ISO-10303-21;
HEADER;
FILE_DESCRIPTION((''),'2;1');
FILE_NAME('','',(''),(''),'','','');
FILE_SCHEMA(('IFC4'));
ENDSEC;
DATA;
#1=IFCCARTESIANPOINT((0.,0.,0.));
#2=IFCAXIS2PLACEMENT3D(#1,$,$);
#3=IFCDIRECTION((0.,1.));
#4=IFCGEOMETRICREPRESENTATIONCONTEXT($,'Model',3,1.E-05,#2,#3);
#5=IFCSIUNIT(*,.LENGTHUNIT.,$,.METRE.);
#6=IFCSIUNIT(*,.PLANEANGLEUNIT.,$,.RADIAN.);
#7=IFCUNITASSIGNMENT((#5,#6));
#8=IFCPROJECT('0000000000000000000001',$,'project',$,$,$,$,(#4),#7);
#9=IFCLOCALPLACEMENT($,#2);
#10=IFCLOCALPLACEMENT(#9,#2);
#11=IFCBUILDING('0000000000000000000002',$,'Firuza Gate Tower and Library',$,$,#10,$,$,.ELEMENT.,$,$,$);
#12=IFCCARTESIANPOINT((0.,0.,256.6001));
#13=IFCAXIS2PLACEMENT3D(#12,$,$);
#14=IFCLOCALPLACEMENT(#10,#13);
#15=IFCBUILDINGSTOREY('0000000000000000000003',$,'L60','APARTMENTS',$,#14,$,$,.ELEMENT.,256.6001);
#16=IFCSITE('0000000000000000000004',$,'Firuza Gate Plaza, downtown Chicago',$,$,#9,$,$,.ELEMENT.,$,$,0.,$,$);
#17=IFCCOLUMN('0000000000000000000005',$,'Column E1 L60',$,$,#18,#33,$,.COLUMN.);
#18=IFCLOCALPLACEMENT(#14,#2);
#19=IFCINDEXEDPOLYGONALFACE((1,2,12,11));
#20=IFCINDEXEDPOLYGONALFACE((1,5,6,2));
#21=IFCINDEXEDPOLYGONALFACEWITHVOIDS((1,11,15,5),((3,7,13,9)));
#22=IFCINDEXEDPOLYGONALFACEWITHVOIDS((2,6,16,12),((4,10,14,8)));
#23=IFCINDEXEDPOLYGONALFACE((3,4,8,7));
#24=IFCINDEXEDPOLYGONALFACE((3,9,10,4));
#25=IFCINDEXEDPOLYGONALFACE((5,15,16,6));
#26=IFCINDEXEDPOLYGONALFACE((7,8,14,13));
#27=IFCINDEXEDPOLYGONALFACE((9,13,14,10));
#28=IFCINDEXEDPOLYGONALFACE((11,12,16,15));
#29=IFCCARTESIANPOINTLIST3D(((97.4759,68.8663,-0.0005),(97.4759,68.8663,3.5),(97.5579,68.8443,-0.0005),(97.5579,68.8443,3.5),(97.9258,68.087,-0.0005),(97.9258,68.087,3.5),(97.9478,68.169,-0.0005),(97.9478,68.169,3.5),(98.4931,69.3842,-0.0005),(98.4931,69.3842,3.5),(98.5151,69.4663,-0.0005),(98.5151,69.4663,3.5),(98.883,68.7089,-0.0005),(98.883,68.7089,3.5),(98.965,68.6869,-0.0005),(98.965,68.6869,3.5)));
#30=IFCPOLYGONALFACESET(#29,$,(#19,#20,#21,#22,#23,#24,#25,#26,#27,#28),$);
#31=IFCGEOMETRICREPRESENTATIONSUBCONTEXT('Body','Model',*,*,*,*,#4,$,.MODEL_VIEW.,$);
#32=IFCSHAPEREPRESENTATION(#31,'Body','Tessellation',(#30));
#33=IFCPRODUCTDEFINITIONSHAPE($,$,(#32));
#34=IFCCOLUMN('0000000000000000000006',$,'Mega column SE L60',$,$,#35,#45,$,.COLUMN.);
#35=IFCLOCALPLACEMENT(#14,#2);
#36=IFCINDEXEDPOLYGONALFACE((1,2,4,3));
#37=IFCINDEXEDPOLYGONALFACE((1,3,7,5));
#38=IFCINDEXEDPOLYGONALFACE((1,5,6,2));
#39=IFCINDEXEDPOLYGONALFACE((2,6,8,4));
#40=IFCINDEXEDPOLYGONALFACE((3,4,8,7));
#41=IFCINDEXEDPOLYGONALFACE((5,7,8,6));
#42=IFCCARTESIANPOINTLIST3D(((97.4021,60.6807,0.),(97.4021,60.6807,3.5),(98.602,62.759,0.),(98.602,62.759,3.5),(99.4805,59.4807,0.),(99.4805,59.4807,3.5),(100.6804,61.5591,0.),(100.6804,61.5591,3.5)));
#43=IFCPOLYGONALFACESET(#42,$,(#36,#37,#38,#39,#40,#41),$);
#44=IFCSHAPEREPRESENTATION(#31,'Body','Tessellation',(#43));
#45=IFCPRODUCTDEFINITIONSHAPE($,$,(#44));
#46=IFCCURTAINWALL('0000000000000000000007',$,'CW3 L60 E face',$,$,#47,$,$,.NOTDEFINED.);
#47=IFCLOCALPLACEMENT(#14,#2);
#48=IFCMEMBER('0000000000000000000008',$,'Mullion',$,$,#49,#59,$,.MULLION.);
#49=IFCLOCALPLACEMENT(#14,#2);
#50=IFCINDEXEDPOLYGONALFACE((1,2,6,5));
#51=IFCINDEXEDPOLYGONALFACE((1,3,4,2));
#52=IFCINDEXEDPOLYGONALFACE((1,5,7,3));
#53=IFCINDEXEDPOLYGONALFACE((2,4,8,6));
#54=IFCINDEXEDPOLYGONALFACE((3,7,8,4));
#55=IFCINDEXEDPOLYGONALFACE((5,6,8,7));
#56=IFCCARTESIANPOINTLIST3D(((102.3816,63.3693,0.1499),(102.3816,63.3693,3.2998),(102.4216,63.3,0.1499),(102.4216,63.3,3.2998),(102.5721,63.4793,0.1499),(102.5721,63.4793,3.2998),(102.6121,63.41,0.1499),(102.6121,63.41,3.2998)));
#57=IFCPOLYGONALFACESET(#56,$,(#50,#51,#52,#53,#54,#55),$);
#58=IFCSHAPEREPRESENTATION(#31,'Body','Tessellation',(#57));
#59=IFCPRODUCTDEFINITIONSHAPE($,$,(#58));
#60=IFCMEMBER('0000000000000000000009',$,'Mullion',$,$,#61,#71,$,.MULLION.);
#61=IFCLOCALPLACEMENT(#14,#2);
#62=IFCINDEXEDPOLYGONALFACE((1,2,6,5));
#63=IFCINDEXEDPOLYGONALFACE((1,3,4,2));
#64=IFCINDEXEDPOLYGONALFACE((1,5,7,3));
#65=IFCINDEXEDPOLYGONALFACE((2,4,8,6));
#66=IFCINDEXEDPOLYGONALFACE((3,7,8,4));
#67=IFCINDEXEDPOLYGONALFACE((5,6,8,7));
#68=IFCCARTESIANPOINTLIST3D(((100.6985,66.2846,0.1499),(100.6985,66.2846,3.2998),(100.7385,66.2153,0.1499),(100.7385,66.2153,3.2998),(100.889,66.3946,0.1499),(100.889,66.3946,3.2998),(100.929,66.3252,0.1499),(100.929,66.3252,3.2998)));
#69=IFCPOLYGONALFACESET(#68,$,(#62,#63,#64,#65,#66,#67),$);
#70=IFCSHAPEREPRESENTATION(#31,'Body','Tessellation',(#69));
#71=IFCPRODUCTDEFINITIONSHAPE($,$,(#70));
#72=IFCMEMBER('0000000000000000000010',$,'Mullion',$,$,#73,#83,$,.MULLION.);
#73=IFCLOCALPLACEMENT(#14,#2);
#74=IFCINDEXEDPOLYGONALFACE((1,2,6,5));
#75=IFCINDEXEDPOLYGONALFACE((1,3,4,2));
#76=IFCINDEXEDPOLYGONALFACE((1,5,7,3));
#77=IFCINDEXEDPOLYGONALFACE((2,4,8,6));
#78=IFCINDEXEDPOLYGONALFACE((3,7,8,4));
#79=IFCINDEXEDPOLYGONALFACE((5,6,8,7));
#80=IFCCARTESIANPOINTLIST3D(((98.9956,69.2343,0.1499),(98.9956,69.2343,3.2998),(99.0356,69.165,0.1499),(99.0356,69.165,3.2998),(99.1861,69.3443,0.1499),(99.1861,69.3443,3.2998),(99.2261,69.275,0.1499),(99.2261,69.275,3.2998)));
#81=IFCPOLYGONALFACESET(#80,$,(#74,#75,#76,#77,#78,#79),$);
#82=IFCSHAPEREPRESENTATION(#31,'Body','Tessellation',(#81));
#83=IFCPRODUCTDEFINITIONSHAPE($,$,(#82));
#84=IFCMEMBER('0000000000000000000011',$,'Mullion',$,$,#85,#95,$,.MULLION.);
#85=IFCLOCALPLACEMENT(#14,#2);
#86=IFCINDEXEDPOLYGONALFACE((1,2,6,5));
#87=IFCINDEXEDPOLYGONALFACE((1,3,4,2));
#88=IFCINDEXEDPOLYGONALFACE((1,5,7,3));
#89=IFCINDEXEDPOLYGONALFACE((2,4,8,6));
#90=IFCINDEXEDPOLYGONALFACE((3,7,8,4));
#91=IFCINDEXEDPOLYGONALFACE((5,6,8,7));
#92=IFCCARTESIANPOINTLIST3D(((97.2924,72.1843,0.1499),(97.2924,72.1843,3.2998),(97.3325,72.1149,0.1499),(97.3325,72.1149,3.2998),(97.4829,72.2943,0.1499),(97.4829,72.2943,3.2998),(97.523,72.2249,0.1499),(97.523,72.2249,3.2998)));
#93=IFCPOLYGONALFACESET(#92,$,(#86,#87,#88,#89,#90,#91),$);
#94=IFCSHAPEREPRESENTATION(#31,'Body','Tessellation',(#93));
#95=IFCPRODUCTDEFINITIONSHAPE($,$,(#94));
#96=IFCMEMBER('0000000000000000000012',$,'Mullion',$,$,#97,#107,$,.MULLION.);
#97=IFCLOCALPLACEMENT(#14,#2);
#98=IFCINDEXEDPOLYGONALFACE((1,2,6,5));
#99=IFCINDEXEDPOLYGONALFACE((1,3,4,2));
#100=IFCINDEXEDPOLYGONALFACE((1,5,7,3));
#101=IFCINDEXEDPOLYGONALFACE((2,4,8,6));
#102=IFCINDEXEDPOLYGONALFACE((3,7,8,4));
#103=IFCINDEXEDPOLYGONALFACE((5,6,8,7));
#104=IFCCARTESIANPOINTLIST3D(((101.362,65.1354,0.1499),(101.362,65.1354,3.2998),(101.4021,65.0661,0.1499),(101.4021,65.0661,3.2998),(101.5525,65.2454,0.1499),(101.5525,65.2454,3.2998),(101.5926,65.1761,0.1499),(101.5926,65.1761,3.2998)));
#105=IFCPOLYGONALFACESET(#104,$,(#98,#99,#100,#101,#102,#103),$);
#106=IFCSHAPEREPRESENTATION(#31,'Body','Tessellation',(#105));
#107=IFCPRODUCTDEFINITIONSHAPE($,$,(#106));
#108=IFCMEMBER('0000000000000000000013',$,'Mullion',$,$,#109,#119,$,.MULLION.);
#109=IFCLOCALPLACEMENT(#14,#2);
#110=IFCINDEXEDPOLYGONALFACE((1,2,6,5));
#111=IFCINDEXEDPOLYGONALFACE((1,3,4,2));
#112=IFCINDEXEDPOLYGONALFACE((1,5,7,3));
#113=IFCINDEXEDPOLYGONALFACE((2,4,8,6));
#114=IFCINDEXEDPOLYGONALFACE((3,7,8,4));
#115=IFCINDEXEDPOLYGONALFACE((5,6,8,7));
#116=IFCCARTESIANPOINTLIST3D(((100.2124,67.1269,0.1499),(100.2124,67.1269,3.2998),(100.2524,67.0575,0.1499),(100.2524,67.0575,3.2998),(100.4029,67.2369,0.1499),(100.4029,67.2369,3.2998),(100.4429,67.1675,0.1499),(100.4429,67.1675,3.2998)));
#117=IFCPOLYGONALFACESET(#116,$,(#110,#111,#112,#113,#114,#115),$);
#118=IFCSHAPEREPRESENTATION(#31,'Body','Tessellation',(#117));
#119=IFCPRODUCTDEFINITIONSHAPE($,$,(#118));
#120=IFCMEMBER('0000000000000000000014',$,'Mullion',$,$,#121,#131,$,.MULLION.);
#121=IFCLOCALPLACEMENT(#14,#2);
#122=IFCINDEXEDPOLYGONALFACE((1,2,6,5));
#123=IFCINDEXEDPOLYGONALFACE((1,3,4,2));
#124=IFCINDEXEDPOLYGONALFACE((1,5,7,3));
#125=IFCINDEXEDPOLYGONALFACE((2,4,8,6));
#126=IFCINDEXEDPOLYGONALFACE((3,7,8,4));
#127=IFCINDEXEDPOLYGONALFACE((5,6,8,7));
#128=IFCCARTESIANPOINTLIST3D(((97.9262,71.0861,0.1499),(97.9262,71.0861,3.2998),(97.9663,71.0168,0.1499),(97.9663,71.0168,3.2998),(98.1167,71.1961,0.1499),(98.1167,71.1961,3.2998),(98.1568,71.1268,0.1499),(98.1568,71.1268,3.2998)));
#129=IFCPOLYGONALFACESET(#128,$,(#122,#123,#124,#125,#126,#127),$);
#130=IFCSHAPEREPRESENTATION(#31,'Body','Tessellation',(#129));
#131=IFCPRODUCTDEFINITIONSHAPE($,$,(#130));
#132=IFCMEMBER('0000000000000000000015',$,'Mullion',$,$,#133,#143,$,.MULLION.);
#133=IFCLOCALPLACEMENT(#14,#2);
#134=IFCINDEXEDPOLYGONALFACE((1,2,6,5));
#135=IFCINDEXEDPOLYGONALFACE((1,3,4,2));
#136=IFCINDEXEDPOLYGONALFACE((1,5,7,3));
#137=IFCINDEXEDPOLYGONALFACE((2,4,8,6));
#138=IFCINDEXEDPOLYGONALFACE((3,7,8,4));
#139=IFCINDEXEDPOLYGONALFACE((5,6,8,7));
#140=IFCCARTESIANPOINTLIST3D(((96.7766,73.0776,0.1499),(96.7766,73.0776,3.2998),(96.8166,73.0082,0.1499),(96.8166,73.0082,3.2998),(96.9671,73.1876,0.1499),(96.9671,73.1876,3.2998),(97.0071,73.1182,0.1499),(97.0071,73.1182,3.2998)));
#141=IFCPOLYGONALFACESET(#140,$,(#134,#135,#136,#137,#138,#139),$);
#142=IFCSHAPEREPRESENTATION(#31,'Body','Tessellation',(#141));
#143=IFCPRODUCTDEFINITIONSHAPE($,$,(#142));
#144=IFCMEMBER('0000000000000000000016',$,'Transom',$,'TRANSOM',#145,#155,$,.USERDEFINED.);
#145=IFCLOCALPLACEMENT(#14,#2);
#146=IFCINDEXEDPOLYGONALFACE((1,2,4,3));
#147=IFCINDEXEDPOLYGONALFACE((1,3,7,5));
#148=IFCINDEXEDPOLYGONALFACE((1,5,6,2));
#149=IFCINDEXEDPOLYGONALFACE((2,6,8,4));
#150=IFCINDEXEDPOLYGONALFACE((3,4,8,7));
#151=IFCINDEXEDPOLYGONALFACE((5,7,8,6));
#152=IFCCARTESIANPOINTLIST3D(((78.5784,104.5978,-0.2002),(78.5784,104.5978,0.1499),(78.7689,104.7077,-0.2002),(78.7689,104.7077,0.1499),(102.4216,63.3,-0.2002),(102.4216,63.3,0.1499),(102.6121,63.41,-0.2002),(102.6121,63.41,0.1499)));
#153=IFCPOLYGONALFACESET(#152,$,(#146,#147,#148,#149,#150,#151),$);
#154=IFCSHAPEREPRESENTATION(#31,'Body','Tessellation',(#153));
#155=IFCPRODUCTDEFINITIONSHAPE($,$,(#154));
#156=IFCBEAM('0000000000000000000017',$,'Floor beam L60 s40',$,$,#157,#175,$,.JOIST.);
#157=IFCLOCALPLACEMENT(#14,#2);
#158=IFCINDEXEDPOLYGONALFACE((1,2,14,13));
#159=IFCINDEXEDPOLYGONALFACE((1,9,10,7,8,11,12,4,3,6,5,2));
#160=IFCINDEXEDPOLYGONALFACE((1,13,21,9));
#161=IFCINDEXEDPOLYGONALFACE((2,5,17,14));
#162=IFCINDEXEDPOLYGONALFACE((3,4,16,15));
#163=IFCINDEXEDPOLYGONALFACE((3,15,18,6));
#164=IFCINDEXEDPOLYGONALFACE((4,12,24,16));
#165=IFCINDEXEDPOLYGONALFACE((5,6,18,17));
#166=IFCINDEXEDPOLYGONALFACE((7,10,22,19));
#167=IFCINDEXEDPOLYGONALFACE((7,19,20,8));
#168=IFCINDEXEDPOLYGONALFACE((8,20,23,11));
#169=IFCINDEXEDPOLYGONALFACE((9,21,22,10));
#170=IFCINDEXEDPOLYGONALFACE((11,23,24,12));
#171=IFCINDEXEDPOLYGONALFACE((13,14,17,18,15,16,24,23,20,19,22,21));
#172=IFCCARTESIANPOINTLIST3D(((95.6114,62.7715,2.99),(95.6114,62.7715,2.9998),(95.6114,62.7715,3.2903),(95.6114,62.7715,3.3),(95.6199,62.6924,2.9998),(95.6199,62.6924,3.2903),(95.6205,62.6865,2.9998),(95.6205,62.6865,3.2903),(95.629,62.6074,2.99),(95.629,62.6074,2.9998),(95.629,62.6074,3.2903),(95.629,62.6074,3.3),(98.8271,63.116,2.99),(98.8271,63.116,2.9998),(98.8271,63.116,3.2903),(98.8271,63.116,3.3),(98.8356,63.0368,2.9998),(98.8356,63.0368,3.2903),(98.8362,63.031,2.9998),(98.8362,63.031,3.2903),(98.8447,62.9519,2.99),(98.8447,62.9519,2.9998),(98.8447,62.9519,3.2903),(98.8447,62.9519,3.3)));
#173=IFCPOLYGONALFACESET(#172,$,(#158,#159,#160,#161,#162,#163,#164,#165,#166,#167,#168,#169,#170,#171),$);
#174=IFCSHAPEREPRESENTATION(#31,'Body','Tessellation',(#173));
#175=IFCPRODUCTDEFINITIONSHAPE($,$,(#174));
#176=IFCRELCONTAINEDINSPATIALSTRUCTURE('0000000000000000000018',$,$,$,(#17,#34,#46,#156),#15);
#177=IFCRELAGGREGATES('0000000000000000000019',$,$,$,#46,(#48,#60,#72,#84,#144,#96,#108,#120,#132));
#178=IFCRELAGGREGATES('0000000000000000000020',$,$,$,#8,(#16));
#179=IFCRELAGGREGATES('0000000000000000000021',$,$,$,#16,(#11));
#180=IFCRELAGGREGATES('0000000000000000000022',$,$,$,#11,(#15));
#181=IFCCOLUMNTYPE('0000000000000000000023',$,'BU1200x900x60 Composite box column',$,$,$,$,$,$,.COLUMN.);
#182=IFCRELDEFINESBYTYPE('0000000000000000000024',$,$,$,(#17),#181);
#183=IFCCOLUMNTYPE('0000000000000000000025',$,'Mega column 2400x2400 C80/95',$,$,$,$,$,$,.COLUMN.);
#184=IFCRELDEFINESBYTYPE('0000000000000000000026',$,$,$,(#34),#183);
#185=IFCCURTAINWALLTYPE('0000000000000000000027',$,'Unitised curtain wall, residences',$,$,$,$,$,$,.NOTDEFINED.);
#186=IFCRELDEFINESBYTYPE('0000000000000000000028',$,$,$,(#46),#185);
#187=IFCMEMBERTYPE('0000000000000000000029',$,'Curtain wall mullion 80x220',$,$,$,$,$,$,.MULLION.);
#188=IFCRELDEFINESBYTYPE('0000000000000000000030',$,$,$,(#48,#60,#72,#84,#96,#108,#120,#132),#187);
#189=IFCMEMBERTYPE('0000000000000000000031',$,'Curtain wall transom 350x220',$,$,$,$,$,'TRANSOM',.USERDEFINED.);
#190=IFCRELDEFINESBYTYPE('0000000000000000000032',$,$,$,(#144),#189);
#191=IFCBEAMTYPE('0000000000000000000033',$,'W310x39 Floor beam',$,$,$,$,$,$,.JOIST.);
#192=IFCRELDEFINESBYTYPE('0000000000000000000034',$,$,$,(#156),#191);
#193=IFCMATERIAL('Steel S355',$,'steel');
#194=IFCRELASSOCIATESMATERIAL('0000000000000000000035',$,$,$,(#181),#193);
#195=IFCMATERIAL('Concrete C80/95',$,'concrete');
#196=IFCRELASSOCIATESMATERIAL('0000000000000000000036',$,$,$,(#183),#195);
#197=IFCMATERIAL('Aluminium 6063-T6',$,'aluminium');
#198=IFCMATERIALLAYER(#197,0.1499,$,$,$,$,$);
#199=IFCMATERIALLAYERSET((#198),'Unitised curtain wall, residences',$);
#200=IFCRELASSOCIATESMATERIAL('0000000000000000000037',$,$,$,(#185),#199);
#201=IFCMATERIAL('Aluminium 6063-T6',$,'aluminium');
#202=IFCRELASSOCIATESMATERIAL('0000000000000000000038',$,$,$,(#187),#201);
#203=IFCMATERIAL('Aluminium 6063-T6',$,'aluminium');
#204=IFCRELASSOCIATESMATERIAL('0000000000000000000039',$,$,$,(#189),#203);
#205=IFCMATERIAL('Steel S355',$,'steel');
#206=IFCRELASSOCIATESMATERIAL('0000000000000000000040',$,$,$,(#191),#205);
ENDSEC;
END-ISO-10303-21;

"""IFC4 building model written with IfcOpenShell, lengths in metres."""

from ifc_helpers import new_model, si_unit, direction, frame, origin, origin_2d, place, context, subcontext, project, spatial, rectangle, hollow_rectangle, i_section, extrude, material, layer, layer_set, material_profile, profile_set, type_object, element, aggregate, save


model = new_model("IFC4")

# Units and contexts
model_context = context("Model", 3, precision=1e-05, world=origin(), true_north=direction((0.0, 1.0)))
body_context = subcontext(model_context, "Body", "Model", "MODEL_VIEW")
ifc_project = project(units=[si_unit("LENGTHUNIT", "METRE"), si_unit("PLANEANGLEUNIT", "RADIAN")], contexts=[model_context])

# Site, building, storey
site_placement = place(None, origin())
site = spatial("IfcSite", under=ifc_project, at=site_placement, Name="Firuza Gate Plaza, downtown Chicago", CompositionType="ELEMENT", RefElevation=0.0)
building_placement = place(site_placement, origin())
building = spatial("IfcBuilding", under=site, at=building_placement, Name="Firuza Gate Tower and Library", CompositionType="ELEMENT")
storey_placement = place(building_placement, frame((0.0, 0.0, 256.6001)))
storey = spatial("IfcBuildingStorey", under=building, at=storey_placement, Name="L60", Description="APARTMENTS", CompositionType="ELEMENT", Elevation=256.6001)

# Columns
ifc_material_1 = material(Name="Steel S355", Category="steel")
ifc_material_profile_1 = material_profile(ifc_material_1, hollow_rectangle(XDim=0.8999, YDim=1.2, WallThickness=0.0601, at=origin_2d()))
ifc_profile_set_1 = profile_set([ifc_material_profile_1], Name="Steel S355")
column_type_1 = type_object("IfcColumnType", Name="BU1200x900x60 Composite box column", PredefinedType="COLUMN", material=ifc_profile_set_1)
column_1_placement = place(storey_placement, frame((98.2205, 68.7766, -0.0005), z_axis=(0.0, 0.0, 1.0), x_axis=(-0.5, 0.866025, 0.0)))
element("IfcColumn", 1, at=column_1_placement, inside=storey, type_object=column_type_1, Name="Column E1 L60", PredefinedType="COLUMN", context=body_context, shape_type="SweptSolid", body=[
    extrude(hollow_rectangle(XDim=0.8999, YDim=1.2, WallThickness=0.0601, at=origin_2d()), origin(), (0.0, 0.0, 1.0), 3.5005),
])
ifc_material_2 = material(Name="Concrete C80/95", Category="concrete")
ifc_material_profile_2 = material_profile(ifc_material_2, rectangle(XDim=2.3999, YDim=2.3999, at=origin_2d()))
ifc_profile_set_2 = profile_set([ifc_material_profile_2], Name="Concrete C80/95")
column_type_2 = type_object("IfcColumnType", Name="Mega column 2400x2400 C80/95", PredefinedType="COLUMN", material=ifc_profile_set_2)
column_2_placement = place(storey_placement, frame((99.0413, 61.1199, 0.0), z_axis=(0.0, 0.0, 1.0), x_axis=(0.5, 0.866025, 0.0)))
element("IfcColumn", 2, at=column_2_placement, inside=storey, type_object=column_type_2, Name="Mega column SE L60", PredefinedType="COLUMN", context=body_context, shape_type="SweptSolid", body=[
    extrude(rectangle(XDim=2.3999, YDim=2.3999, at=origin_2d()), origin(), (0.0, 0.0, 1.0), 3.5),
])

# Curtain wall, members
ifc_material_3 = material(Name="Aluminium 6063-T6", Category="aluminium")
ifc_layer_1 = layer(ifc_material_3, 0.1499)
ifc_layer_set_1 = layer_set([ifc_layer_1], Name="Unitised curtain wall, residences")
curtain_wall_type = type_object("IfcCurtainWallType", Name="Unitised curtain wall, residences", PredefinedType="NOTDEFINED", material=ifc_layer_set_1)
curtain_wall_placement = place(storey_placement, origin())
curtain_wall = element("IfcCurtainWall", 3, at=curtain_wall_placement, inside=storey, type_object=curtain_wall_type, Name="CW3 L60 E face", PredefinedType="NOTDEFINED")
ifc_material_4 = material(Name="Aluminium 6063-T6", Category="aluminium")
ifc_material_profile_3 = material_profile(ifc_material_4, rectangle(XDim=0.22, YDim=0.0801, at=origin_2d()))
ifc_profile_set_3 = profile_set([ifc_material_profile_3], Name="Aluminium 6063-T6")
member_type_1 = type_object("IfcMemberType", Name="Curtain wall mullion 80x220", PredefinedType="MULLION", material=ifc_profile_set_3)
member_1_placement = place(storey_placement, frame((102.4968, 63.3896, 0.1499), z_axis=(0.0, 0.0, 1.0), x_axis=(-0.866025, -0.5, 0.0)))
member_1 = element("IfcMember", 4, at=member_1_placement, type_object=member_type_1, Name="Mullion", PredefinedType="MULLION", context=body_context, shape_type="SweptSolid", body=[
    extrude(rectangle(XDim=0.22, YDim=0.0801, at=origin_2d()), origin(), (0.0, 0.0, 1.0), 3.1499),
])
member_2_placement = place(storey_placement, frame((100.8137, 66.3049, 0.1499), z_axis=(0.0, 0.0, 1.0), x_axis=(-0.866025, -0.5, 0.0)))
member_2 = element("IfcMember", 5, at=member_2_placement, type_object=member_type_1, Name="Mullion", PredefinedType="MULLION", context=body_context, shape_type="SweptSolid", body=[
    extrude(rectangle(XDim=0.22, YDim=0.0801, at=origin_2d()), origin(), (0.0, 0.0, 1.0), 3.1499),
])
member_3_placement = place(storey_placement, frame((99.1108, 69.2546, 0.1499), z_axis=(0.0, 0.0, 1.0), x_axis=(-0.866025, -0.5, 0.0)))
member_3 = element("IfcMember", 6, at=member_3_placement, type_object=member_type_1, Name="Mullion", PredefinedType="MULLION", context=body_context, shape_type="SweptSolid", body=[
    extrude(rectangle(XDim=0.22, YDim=0.0801, at=origin_2d()), origin(), (0.0, 0.0, 1.0), 3.1499),
])
member_4_placement = place(storey_placement, frame((97.4077, 72.2046, 0.1499), z_axis=(0.0, 0.0, 1.0), x_axis=(-0.866025, -0.5, 0.0)))
member_4 = element("IfcMember", 7, at=member_4_placement, type_object=member_type_1, Name="Mullion", PredefinedType="MULLION", context=body_context, shape_type="SweptSolid", body=[
    extrude(rectangle(XDim=0.22, YDim=0.0801, at=origin_2d()), origin(), (0.0, 0.0, 1.0), 3.1499),
])
member_5_placement = place(storey_placement, frame((101.4773, 65.1558, 0.1499), z_axis=(0.0, 0.0, 1.0), x_axis=(-0.866025, -0.5, 0.0)))
member_5 = element("IfcMember", 8, at=member_5_placement, type_object=member_type_1, Name="Mullion", PredefinedType="MULLION", context=body_context, shape_type="SweptSolid", body=[
    extrude(rectangle(XDim=0.22, YDim=0.0801, at=origin_2d()), origin(), (0.0, 0.0, 1.0), 3.1499),
])
member_6_placement = place(storey_placement, frame((100.3276, 67.1472, 0.1499), z_axis=(0.0, 0.0, 1.0), x_axis=(-0.866025, -0.5, 0.0)))
member_6 = element("IfcMember", 9, at=member_6_placement, type_object=member_type_1, Name="Mullion", PredefinedType="MULLION", context=body_context, shape_type="SweptSolid", body=[
    extrude(rectangle(XDim=0.22, YDim=0.0801, at=origin_2d()), origin(), (0.0, 0.0, 1.0), 3.1499),
])
member_7_placement = place(storey_placement, frame((98.0415, 71.1064, 0.1499), z_axis=(0.0, 0.0, 1.0), x_axis=(-0.866025, -0.5, 0.0)))
member_7 = element("IfcMember", 10, at=member_7_placement, type_object=member_type_1, Name="Mullion", PredefinedType="MULLION", context=body_context, shape_type="SweptSolid", body=[
    extrude(rectangle(XDim=0.22, YDim=0.0801, at=origin_2d()), origin(), (0.0, 0.0, 1.0), 3.1499),
])
member_8_placement = place(storey_placement, frame((96.8918, 73.0979, 0.1499), z_axis=(0.0, 0.0, 1.0), x_axis=(-0.866025, -0.5, 0.0)))
member_8 = element("IfcMember", 11, at=member_8_placement, type_object=member_type_1, Name="Mullion", PredefinedType="MULLION", context=body_context, shape_type="SweptSolid", body=[
    extrude(rectangle(XDim=0.22, YDim=0.0801, at=origin_2d()), origin(), (0.0, 0.0, 1.0), 3.1499),
])
ifc_material_5 = material(Name="Aluminium 6063-T6", Category="aluminium")
ifc_material_profile_4 = material_profile(ifc_material_5, rectangle(XDim=0.22, YDim=0.3501, at=origin_2d()))
ifc_profile_set_4 = profile_set([ifc_material_profile_4], Name="Aluminium 6063-T6")
member_type_2 = type_object("IfcMemberType", Name="Curtain wall transom 350x220", ElementType="TRANSOM", PredefinedType="USERDEFINED", material=ifc_profile_set_4)
member_9_placement = place(storey_placement, frame((102.5168, 63.355, -0.0251), z_axis=(-0.499999, 0.866026, 0.0), x_axis=(-0.866026, -0.499999, 0.0)))
member_9 = element("IfcMember", 12, at=member_9_placement, type_object=member_type_2, Name="Transom", ObjectType="TRANSOM", PredefinedType="USERDEFINED", context=body_context, shape_type="SweptSolid", body=[
    extrude(rectangle(XDim=0.22, YDim=0.3501, at=origin_2d()), origin(), (0.0, 0.0, 1.0), 47.6865),
])

# Beam
ifc_material_6 = material(Name="Steel S355", Category="steel")
ifc_material_profile_5 = material_profile(ifc_material_6, i_section(OverallWidth=0.165, OverallDepth=0.3101, WebThickness=0.0059, FlangeThickness=0.0098, at=origin_2d()))
ifc_profile_set_5 = profile_set([ifc_material_profile_5], Name="Steel S355")
beam_type_1 = type_object("IfcBeamType", Name="W310x39 Floor beam", PredefinedType="JOIST", material=ifc_profile_set_5)
beam_1_placement = place(storey_placement, frame((98.8359, 63.0339, 3.145), z_axis=(-0.994311, -0.106512, 0.0), x_axis=(0.106512, -0.994311, 0.0)))
element("IfcBeam", 13, at=beam_1_placement, inside=storey, type_object=beam_type_1, Name="Floor beam L60 s40", PredefinedType="JOIST", context=body_context, shape_type="SweptSolid", body=[
    extrude(i_section(OverallWidth=0.165, OverallDepth=0.3101, WebThickness=0.0059, FlangeThickness=0.0098, at=origin_2d()), origin(), (0.0, 0.0, 1.0), 3.2341),
])

aggregate(curtain_wall, [member_1, member_2, member_3, member_4, member_9, member_5, member_6, member_7, member_8])

save(model, "model.ifc")
